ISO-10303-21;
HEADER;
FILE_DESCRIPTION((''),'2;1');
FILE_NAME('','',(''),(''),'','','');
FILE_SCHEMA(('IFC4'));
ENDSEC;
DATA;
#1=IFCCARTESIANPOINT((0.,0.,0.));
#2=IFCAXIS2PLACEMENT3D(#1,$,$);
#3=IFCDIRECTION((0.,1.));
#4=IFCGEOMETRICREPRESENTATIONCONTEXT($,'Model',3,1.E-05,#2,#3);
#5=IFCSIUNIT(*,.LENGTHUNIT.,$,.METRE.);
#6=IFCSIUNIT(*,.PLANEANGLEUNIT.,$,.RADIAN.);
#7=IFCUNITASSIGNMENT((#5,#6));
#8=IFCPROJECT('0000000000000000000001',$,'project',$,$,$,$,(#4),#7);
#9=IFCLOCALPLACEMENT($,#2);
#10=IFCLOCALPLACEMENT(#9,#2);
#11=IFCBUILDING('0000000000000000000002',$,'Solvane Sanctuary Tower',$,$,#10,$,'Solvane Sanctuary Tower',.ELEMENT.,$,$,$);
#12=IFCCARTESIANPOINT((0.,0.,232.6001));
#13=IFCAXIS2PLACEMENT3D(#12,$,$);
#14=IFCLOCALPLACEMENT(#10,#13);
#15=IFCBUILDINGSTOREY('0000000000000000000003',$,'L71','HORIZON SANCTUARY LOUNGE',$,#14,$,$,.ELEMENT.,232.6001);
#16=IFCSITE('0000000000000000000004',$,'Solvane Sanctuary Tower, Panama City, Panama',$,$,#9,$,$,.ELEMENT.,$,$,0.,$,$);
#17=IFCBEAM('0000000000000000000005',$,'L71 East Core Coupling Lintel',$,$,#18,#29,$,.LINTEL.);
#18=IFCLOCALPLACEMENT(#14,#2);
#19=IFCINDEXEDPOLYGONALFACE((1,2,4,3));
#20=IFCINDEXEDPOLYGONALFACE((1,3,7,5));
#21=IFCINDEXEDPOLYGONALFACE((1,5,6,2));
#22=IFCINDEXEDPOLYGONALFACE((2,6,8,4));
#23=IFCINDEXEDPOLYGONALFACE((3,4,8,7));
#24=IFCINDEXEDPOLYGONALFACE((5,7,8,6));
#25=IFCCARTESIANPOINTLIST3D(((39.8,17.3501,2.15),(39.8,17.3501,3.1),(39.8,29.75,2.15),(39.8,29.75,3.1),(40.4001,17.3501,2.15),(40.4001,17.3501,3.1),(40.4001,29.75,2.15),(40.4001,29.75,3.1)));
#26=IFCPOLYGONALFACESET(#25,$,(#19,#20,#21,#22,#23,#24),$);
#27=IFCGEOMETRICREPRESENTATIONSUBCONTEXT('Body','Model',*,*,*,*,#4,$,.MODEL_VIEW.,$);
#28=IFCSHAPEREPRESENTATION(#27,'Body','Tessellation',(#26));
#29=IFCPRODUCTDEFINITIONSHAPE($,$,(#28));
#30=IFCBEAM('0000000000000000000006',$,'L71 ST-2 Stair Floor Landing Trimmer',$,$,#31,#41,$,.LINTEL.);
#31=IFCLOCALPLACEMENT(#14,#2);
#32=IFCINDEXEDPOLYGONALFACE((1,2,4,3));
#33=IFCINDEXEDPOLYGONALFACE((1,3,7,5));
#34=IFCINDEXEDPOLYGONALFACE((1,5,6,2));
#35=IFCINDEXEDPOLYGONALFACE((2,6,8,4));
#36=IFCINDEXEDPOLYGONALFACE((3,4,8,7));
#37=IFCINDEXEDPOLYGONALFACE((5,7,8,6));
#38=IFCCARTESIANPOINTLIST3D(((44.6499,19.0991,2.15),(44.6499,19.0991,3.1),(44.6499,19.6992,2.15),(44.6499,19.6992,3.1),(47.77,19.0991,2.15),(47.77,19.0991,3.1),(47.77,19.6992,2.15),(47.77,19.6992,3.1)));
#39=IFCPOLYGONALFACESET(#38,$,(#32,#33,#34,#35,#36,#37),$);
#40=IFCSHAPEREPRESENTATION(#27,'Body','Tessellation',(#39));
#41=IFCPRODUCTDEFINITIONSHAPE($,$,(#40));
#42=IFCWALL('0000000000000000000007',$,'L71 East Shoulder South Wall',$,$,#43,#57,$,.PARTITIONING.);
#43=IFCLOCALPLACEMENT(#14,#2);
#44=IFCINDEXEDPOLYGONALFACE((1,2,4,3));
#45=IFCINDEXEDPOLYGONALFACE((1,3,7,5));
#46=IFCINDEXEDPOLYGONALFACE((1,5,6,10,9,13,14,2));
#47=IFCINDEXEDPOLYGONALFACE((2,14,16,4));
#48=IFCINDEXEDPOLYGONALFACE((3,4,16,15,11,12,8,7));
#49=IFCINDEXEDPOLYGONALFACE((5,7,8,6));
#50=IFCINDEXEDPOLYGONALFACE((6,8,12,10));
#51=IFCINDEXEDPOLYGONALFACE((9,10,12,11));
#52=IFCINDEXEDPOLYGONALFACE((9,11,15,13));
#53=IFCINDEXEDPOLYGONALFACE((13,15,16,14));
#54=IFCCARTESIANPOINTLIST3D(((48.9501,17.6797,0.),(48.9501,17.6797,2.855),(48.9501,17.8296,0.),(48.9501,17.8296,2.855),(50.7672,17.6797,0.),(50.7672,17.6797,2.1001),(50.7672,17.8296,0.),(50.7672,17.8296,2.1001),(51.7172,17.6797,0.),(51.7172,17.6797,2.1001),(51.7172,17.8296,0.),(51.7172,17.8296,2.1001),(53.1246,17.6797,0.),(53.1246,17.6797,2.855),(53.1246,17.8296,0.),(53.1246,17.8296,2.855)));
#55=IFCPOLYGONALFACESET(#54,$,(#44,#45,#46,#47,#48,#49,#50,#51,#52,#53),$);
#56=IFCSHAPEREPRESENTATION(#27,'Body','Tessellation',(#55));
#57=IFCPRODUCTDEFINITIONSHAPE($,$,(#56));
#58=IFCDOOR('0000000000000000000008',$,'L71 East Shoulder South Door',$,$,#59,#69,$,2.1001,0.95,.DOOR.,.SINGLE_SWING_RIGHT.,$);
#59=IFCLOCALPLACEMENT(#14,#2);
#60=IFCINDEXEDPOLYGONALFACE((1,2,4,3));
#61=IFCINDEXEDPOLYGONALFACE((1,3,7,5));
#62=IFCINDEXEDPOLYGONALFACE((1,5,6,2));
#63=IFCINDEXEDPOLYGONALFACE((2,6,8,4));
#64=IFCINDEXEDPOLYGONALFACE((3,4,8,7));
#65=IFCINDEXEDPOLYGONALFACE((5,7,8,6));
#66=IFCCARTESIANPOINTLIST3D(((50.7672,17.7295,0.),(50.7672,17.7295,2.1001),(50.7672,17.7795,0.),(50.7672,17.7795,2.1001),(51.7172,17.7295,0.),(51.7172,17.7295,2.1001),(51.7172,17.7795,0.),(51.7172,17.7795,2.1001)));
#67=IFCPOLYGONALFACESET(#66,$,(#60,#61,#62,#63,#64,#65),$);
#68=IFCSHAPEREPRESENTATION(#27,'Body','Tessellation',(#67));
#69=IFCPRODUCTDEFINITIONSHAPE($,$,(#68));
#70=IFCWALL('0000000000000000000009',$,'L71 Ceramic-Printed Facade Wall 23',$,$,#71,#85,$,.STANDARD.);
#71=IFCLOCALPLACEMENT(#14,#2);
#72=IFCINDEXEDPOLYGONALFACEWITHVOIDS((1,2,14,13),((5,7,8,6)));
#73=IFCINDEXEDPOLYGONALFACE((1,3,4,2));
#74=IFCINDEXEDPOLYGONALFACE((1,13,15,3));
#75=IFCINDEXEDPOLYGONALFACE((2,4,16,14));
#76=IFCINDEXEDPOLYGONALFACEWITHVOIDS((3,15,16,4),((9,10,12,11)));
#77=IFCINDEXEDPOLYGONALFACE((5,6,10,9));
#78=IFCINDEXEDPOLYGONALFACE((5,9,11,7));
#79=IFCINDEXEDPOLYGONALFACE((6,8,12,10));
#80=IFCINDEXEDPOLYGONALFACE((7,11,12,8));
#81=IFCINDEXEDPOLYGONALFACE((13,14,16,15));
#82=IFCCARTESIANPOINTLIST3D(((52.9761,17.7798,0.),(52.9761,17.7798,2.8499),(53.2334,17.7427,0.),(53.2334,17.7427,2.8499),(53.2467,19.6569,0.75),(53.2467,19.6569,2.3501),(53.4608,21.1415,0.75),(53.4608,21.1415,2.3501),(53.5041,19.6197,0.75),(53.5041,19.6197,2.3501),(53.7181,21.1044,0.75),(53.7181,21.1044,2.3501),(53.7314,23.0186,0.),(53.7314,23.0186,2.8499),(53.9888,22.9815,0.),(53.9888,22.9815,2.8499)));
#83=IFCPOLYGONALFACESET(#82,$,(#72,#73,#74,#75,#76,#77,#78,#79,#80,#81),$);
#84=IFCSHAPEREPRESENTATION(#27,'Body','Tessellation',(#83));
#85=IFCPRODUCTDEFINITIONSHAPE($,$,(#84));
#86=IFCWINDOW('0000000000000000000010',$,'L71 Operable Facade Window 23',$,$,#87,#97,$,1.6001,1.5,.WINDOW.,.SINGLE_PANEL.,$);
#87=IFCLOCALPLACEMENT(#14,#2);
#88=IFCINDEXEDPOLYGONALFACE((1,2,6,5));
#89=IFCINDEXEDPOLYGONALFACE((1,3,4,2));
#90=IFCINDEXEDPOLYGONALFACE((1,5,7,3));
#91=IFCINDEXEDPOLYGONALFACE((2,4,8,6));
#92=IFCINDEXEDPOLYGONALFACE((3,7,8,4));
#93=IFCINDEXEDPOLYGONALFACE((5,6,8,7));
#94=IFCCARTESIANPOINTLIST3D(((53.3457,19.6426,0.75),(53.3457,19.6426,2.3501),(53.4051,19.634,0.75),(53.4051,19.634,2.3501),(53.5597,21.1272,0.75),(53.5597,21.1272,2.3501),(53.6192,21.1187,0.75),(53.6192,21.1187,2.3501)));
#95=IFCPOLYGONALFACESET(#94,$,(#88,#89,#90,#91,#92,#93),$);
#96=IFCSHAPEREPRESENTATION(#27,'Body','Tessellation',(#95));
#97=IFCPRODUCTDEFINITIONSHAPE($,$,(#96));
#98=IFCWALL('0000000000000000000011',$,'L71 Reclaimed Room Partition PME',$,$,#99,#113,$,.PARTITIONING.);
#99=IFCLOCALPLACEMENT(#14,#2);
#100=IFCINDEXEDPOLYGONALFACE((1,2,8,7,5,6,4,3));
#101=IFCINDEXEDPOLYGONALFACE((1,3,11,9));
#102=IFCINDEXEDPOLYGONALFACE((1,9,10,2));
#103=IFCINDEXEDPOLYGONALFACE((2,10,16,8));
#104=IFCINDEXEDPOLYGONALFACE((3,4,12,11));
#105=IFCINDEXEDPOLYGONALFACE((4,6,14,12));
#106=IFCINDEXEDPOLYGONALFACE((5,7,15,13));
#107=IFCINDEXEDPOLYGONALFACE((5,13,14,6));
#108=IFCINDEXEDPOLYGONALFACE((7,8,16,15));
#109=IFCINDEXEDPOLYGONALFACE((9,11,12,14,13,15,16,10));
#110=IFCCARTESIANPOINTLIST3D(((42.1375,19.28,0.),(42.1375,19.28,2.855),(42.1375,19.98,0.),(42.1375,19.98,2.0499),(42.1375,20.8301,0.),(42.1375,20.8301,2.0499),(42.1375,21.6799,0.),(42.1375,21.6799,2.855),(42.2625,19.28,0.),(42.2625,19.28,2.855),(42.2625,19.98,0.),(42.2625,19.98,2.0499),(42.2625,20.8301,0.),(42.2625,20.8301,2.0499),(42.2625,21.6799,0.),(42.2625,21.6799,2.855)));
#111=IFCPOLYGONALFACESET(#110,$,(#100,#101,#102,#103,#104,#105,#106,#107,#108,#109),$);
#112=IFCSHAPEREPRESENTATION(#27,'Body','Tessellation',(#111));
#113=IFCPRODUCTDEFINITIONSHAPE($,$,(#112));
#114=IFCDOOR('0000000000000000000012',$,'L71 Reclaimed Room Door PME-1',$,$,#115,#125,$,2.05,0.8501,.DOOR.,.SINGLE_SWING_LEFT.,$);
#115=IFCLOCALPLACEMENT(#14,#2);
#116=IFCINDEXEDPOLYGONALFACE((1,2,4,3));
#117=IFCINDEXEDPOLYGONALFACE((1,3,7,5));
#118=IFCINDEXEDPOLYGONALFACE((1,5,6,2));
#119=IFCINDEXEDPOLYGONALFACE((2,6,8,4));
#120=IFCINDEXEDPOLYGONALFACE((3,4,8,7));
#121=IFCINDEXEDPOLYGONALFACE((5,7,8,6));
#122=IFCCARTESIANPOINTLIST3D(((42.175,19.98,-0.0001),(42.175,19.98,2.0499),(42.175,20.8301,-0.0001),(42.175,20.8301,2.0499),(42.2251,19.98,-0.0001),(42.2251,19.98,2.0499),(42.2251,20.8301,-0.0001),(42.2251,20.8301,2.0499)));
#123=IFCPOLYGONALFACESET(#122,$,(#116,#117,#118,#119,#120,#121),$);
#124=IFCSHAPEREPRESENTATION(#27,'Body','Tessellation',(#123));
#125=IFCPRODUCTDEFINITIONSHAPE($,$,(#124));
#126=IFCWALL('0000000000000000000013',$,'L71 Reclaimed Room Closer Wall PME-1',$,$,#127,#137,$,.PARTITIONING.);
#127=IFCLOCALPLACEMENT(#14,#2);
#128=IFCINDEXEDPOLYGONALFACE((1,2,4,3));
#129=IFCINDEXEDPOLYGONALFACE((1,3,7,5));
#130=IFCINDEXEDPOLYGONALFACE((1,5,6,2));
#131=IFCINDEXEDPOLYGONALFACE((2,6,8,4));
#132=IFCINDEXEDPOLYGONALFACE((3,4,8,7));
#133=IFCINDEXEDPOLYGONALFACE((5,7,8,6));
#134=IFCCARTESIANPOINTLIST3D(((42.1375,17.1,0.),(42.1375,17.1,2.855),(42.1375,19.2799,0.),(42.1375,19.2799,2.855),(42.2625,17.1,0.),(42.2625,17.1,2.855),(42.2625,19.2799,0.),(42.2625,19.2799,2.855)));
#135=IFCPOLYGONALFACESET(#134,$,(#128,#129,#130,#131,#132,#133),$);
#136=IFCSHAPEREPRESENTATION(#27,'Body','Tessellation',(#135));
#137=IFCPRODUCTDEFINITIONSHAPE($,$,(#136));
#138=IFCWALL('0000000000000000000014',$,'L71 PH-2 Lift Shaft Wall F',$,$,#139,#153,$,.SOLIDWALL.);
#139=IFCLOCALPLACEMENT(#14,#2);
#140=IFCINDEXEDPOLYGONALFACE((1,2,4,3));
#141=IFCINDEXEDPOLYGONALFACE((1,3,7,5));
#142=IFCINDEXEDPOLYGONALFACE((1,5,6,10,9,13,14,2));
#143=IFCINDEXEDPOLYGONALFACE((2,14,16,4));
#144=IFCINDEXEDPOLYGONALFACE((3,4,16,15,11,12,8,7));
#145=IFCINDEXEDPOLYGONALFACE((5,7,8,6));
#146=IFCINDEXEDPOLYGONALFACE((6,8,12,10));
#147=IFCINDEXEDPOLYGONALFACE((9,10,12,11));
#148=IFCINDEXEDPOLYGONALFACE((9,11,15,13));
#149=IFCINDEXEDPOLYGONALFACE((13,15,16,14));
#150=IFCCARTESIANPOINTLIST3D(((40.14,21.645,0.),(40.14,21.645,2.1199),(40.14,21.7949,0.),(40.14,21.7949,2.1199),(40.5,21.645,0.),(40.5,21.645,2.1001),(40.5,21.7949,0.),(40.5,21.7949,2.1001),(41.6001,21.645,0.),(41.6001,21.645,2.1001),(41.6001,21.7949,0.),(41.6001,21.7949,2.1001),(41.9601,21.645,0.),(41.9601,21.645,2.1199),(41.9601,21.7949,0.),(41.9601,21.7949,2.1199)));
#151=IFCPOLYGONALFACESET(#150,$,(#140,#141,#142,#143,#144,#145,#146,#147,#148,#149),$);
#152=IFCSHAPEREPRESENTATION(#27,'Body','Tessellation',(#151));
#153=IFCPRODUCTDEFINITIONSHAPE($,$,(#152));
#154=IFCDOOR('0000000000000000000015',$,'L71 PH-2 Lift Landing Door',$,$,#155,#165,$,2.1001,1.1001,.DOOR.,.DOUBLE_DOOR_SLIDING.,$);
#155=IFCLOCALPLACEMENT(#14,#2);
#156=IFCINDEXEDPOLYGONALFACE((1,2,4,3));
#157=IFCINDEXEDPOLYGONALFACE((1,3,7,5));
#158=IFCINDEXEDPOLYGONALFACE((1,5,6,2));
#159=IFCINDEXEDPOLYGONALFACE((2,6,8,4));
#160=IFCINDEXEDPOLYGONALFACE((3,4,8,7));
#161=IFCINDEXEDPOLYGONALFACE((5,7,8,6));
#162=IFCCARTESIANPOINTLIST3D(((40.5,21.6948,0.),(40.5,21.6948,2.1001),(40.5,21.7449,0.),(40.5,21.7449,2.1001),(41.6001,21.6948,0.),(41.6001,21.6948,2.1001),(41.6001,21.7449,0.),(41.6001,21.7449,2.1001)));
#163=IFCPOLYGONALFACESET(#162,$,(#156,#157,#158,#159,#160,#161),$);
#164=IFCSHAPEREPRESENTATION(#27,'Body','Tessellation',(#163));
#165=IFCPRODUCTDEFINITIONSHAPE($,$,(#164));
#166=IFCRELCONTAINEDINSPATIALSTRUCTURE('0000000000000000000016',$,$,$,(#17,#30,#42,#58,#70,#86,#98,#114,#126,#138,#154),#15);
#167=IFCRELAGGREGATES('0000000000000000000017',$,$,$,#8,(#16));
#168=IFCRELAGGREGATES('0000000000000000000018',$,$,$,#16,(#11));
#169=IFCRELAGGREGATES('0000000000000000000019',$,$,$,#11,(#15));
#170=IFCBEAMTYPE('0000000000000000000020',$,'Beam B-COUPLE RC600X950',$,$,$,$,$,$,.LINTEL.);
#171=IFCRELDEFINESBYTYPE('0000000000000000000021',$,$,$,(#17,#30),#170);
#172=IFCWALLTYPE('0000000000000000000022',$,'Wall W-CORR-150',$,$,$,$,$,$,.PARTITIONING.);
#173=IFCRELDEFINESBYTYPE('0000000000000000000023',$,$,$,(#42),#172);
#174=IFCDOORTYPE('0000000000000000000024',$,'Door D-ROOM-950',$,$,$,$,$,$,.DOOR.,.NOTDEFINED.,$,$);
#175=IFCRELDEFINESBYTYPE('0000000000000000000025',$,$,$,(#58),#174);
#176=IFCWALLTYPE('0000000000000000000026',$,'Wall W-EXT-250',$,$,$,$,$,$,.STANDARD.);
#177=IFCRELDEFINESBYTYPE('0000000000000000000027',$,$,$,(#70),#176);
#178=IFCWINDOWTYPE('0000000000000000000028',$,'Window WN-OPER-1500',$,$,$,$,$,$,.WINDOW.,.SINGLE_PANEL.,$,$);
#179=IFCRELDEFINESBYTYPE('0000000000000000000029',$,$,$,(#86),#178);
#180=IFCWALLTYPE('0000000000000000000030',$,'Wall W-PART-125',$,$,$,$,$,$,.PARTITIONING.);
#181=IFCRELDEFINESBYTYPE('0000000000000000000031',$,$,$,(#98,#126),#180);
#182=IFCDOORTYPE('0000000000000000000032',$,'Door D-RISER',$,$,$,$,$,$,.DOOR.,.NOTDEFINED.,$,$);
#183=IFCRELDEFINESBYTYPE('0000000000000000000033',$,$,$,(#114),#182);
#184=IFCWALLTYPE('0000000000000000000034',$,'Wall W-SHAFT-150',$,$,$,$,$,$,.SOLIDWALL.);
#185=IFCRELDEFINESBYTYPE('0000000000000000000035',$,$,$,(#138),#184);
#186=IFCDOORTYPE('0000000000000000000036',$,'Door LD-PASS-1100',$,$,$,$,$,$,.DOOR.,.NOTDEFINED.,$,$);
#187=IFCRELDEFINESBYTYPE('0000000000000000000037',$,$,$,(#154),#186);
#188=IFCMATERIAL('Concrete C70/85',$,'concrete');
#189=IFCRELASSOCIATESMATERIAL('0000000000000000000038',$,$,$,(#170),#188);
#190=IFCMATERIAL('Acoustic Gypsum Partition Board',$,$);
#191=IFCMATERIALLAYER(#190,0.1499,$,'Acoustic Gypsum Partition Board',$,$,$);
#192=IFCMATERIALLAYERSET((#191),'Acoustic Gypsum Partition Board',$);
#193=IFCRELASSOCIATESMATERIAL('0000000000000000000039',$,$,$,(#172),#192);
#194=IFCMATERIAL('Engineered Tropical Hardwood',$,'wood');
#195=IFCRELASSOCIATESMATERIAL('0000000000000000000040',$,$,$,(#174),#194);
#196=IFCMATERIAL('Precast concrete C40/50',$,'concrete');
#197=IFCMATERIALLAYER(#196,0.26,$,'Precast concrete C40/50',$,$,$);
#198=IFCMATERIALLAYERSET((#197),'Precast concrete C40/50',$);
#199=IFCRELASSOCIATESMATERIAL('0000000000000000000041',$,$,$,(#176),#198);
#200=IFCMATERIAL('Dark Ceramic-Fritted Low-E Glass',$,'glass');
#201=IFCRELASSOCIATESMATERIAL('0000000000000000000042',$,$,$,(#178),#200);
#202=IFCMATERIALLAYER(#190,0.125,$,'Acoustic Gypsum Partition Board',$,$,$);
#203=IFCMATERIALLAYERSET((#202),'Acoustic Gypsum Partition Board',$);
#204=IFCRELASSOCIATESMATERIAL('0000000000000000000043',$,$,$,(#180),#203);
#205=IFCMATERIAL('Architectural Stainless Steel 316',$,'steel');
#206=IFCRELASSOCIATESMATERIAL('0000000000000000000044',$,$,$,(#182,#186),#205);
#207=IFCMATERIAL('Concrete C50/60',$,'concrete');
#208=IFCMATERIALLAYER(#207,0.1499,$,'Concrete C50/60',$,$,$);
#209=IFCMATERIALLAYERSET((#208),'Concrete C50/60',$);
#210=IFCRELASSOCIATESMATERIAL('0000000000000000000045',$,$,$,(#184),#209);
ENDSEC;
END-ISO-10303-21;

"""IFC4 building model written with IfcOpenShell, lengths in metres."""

from ifc_helpers import new_model, si_unit, direction, frame, frame_2d, origin, origin_2d, place, context, subcontext, project, spatial, rectangle, extrude, material, layer, layer_set, material_profile, profile_set, type_object, element, fill, save


model = new_model("IFC4")

# Units and contexts
model_context = context("Model", 3, precision=1e-05, world=origin(), true_north=direction((0.0, 1.0)))
body_context = subcontext(model_context, "Body", "Model", "MODEL_VIEW")
ifc_project = project(units=[si_unit("LENGTHUNIT", "METRE"), si_unit("PLANEANGLEUNIT", "RADIAN")], contexts=[model_context])

# Site, building, storey
site_placement = place(None, origin())
site = spatial("IfcSite", under=ifc_project, at=site_placement, Name="Solvane Sanctuary Tower, Panama City, Panama", CompositionType="ELEMENT", RefElevation=0.0)
building_placement = place(site_placement, origin())
building = spatial("IfcBuilding", under=site, at=building_placement, Name="Solvane Sanctuary Tower", LongName="Solvane Sanctuary Tower", CompositionType="ELEMENT")
storey_placement = place(building_placement, frame((0.0, 0.0, 232.6001)))
storey = spatial("IfcBuildingStorey", under=building, at=storey_placement, Name="L71", Description="HORIZON SANCTUARY LOUNGE", CompositionType="ELEMENT", Elevation=232.6001)

# Beams
ifc_material_1 = material(Name="Concrete C70/85", Category="concrete")
ifc_material_profile = material_profile(ifc_material_1, rectangle(XDim=0.6001, YDim=0.95, at=origin_2d()), Name="RC600X950")
ifc_profile_set = profile_set([ifc_material_profile], Name="Concrete C70/85")
beam_type = type_object("IfcBeamType", Name="Beam B-COUPLE RC600X950", PredefinedType="LINTEL", material=ifc_profile_set)
beam_1_placement = place(storey_placement, frame((40.1001, 17.3501, 2.625), z_axis=(0.0, 1.0, 0.0), x_axis=(-1.0, 0.0, 0.0)))
element("IfcBeam", 1, at=beam_1_placement, inside=storey, type_object=beam_type, Name="L71 East Core Coupling Lintel", PredefinedType="LINTEL", context=body_context, shape_type="SweptSolid", body=[
    extrude(rectangle(XDim=0.6001, YDim=0.95, at=origin_2d()), origin(), (0.0, 0.0, 1.0), 12.3999),
])
beam_2_placement = place(storey_placement, frame((44.6499, 19.3992, 2.625), z_axis=(1.0, 0.0, 0.0), x_axis=(0.0, 1.0, 0.0)))
element("IfcBeam", 2, at=beam_2_placement, inside=storey, type_object=beam_type, Name="L71 ST-2 Stair Floor Landing Trimmer", PredefinedType="LINTEL", context=body_context, shape_type="SweptSolid", body=[
    extrude(rectangle(XDim=0.6001, YDim=0.95, at=origin_2d()), origin(), (0.0, 0.0, 1.0), 3.1201),
])

# Wall, opening, door
ifc_material_2 = material(Name="Acoustic Gypsum Partition Board")
ifc_layer_1 = layer(ifc_material_2, 0.1499, Name="Acoustic Gypsum Partition Board")
ifc_layer_set_1 = layer_set([ifc_layer_1], Name="Acoustic Gypsum Partition Board")
wall_type_1 = type_object("IfcWallType", Name="Wall W-CORR-150", PredefinedType="PARTITIONING", material=ifc_layer_set_1)
wall_1_placement = place(storey_placement, frame((48.95, 17.7546, 0.0), z_axis=(0.0, 0.0, 1.0), x_axis=(1.0, 0.0, 0.0)))
wall_1 = element("IfcWall", 3, at=wall_1_placement, inside=storey, type_object=wall_type_1, Name="L71 East Shoulder South Wall", PredefinedType="PARTITIONING", context=body_context, shape_type="SweptSolid", body=[
    extrude(rectangle(XDim=4.1746, YDim=0.1499, at=frame_2d((2.0874, 0.0))), origin(), (0.0, 0.0, 1.0), 2.855),
])
opening_1_placement = place(wall_1_placement, frame((1.8171, 0.0, 0.0)))
opening_1 = element("IfcOpeningElement", 4, at=opening_1_placement, cuts=wall_1, PredefinedType="OPENING", context=body_context, shape_type="SweptSolid", body=[
    extrude(rectangle(XDim=0.95, YDim=2.1001, at=frame_2d((0.4751, 1.05))), frame((0.0, 0.085, 0.0), z_axis=(0.0, -1.0, 0.0), x_axis=(1.0, 0.0, 0.0)), (0.0, 0.0, 1.0), 0.1699),
])
ifc_material_3 = material(Name="Engineered Tropical Hardwood", Category="wood")
door_type_1 = type_object("IfcDoorType", Name="Door D-ROOM-950", OperationType="NOTDEFINED", PredefinedType="DOOR", material=ifc_material_3)
door_1_placement = place(opening_1_placement, origin())
door_1 = element("IfcDoor", 5, at=door_1_placement, inside=storey, type_object=door_type_1, Name="L71 East Shoulder South Door", OperationType="SINGLE_SWING_RIGHT", OverallHeight=2.1001, OverallWidth=0.95, PredefinedType="DOOR", context=body_context, shape_type="SweptSolid", body=[
    extrude(rectangle(XDim=0.95, YDim=2.1001, at=frame_2d((0.4751, 1.05))), frame((0.0, 0.0249, 0.0), z_axis=(0.0, -1.0, 0.0), x_axis=(1.0, 0.0, 0.0)), (0.0, 0.0, 1.0), 0.05),
])
fill(opening_1, door_1)

# Wall, opening, window
ifc_material_4 = material(Name="Precast concrete C40/50", Category="concrete")
ifc_layer_2 = layer(ifc_material_4, 0.26, Name="Precast concrete C40/50")
ifc_layer_set_2 = layer_set([ifc_layer_2], Name="Precast concrete C40/50")
wall_type_2 = type_object("IfcWallType", Name="Wall W-EXT-250", PredefinedType="STANDARD", material=ifc_layer_set_2)
wall_2_placement = place(storey_placement, frame((53.1047, 17.7612, 0.0), z_axis=(0.0, 0.0, 1.0), x_axis=(0.142713, 0.989764, 0.0)))
wall_2 = element("IfcWall", 6, at=wall_2_placement, inside=storey, type_object=wall_type_2, Name="L71 Ceramic-Printed Facade Wall 23", PredefinedType="STANDARD", context=body_context, shape_type="SweptSolid", body=[
    extrude(rectangle(XDim=5.293, YDim=0.26, at=frame_2d((2.6465, 0.0))), origin(), (0.0, 0.0, 1.0), 2.8499),
])
opening_2_placement = place(wall_2_placement, frame((1.8965, 0.0, 0.75)))
opening_2 = element("IfcOpeningElement", 7, at=opening_2_placement, cuts=wall_2, PredefinedType="OPENING", context=body_context, shape_type="SweptSolid", body=[
    extrude(rectangle(XDim=1.5, YDim=1.6001, at=frame_2d((0.75, 0.8))), frame((0.0, 0.1399, 0.0), z_axis=(0.0, -1.0, 0.0), x_axis=(1.0, 0.0, 0.0)), (0.0, 0.0, 1.0), 0.28),
])
ifc_material_5 = material(Name="Dark Ceramic-Fritted Low-E Glass", Category="glass")
window_type = type_object("IfcWindowType", Name="Window WN-OPER-1500", PartitioningType="SINGLE_PANEL", PredefinedType="WINDOW", material=ifc_material_5)
window_placement = place(opening_2_placement, origin())
window = element("IfcWindow", 8, at=window_placement, inside=storey, type_object=window_type, Name="L71 Operable Facade Window 23", OverallHeight=1.6001, OverallWidth=1.5, PartitioningType="SINGLE_PANEL", PredefinedType="WINDOW", context=body_context, shape_type="SweptSolid", body=[
    extrude(rectangle(XDim=1.5, YDim=1.6001, at=frame_2d((0.75, 0.8))), frame((0.0, 0.03, 0.0), z_axis=(0.0, -1.0, 0.0), x_axis=(1.0, 0.0, 0.0)), (0.0, 0.0, 1.0), 0.0601),
])
fill(opening_2, window)

# Wall, opening, door
ifc_layer_3 = layer(ifc_material_2, 0.125, Name="Acoustic Gypsum Partition Board")
ifc_layer_set_3 = layer_set([ifc_layer_3], Name="Acoustic Gypsum Partition Board")
wall_type_3 = type_object("IfcWallType", Name="Wall W-PART-125", PredefinedType="PARTITIONING", material=ifc_layer_set_3)
wall_3_placement = place(storey_placement, frame((42.2, 19.28, 0.0), z_axis=(0.0, 0.0, 1.0), x_axis=(0.0, 1.0, 0.0)))
wall_3 = element("IfcWall", 9, at=wall_3_placement, inside=storey, type_object=wall_type_3, Name="L71 Reclaimed Room Partition PME", PredefinedType="PARTITIONING", context=body_context, shape_type="SweptSolid", body=[
    extrude(rectangle(XDim=2.3999, YDim=0.125, at=frame_2d((1.2, 0.0))), origin(), (0.0, 0.0, 1.0), 2.855),
])
opening_3_placement = place(wall_3_placement, frame((0.7, 0.0, 0.0)))
opening_3 = element("IfcOpeningElement", 10, at=opening_3_placement, cuts=wall_3, PredefinedType="OPENING", context=body_context, shape_type="SweptSolid", body=[
    extrude(rectangle(XDim=0.8501, YDim=2.05, at=frame_2d((0.425, 1.0249))), frame((0.0, 0.0725, 0.0), z_axis=(0.0, -1.0, 0.0), x_axis=(1.0, 0.0, 0.0)), (0.0, 0.0, 1.0), 0.145),
])
ifc_material_6 = material(Name="Architectural Stainless Steel 316", Category="steel")
door_type_2 = type_object("IfcDoorType", Name="Door D-RISER", OperationType="NOTDEFINED", PredefinedType="DOOR", material=ifc_material_6)
door_2_placement = place(opening_3_placement, origin())
door_2 = element("IfcDoor", 11, at=door_2_placement, inside=storey, type_object=door_type_2, Name="L71 Reclaimed Room Door PME-1", OperationType="SINGLE_SWING_LEFT", OverallHeight=2.05, OverallWidth=0.8501, PredefinedType="DOOR", context=body_context, shape_type="SweptSolid", body=[
    extrude(rectangle(XDim=0.8501, YDim=2.05, at=frame_2d((0.425, 1.0249))), frame((0.0, 0.0249, 0.0), z_axis=(0.0, -1.0, 0.0), x_axis=(1.0, 0.0, 0.0)), (0.0, 0.0, 1.0), 0.05),
])
fill(opening_3, door_2)

# Wall
wall_4_placement = place(storey_placement, frame((42.2, 17.1001, 0.0), z_axis=(0.0, 0.0, 1.0), x_axis=(0.0, 1.0, 0.0)))
element("IfcWall", 12, at=wall_4_placement, inside=storey, type_object=wall_type_3, Name="L71 Reclaimed Room Closer Wall PME-1", PredefinedType="PARTITIONING", context=body_context, shape_type="SweptSolid", body=[
    extrude(rectangle(XDim=2.1799, YDim=0.125, at=frame_2d((1.0898, 0.0))), origin(), (0.0, 0.0, 1.0), 2.855),
])

# Wall, opening, door
ifc_material_7 = material(Name="Concrete C50/60", Category="concrete")
ifc_layer_4 = layer(ifc_material_7, 0.1499, Name="Concrete C50/60")
ifc_layer_set_4 = layer_set([ifc_layer_4], Name="Concrete C50/60")
wall_type_4 = type_object("IfcWallType", Name="Wall W-SHAFT-150", PredefinedType="SOLIDWALL", material=ifc_layer_set_4)
wall_5_placement = place(storey_placement, frame((40.1399, 21.72, 0.0), z_axis=(0.0, 0.0, 1.0), x_axis=(1.0, 0.0, 0.0)))
wall_5 = element("IfcWall", 13, at=wall_5_placement, inside=storey, type_object=wall_type_4, Name="L71 PH-2 Lift Shaft Wall F", PredefinedType="SOLIDWALL", context=body_context, shape_type="SweptSolid", body=[
    extrude(rectangle(XDim=1.8201, YDim=0.1499, at=frame_2d((0.9102, 0.0))), origin(), (0.0, 0.0, 1.0), 2.1199),
])
opening_4_placement = place(wall_5_placement, frame((0.3601, 0.0, 0.0)))
opening_4 = element("IfcOpeningElement", 14, at=opening_4_placement, cuts=wall_5, PredefinedType="OPENING", context=body_context, shape_type="SweptSolid", body=[
    extrude(rectangle(XDim=1.1001, YDim=2.1001, at=frame_2d((0.55, 1.05))), frame((0.0, 0.085, 0.0), z_axis=(0.0, -1.0, 0.0), x_axis=(1.0, 0.0, 0.0)), (0.0, 0.0, 1.0), 0.1699),
])
door_type_3 = type_object("IfcDoorType", Name="Door LD-PASS-1100", OperationType="NOTDEFINED", PredefinedType="DOOR", material=ifc_material_6)
door_3_placement = place(opening_4_placement, origin())
door_3 = element("IfcDoor", 15, at=door_3_placement, inside=storey, type_object=door_type_3, Name="L71 PH-2 Lift Landing Door", OperationType="DOUBLE_DOOR_SLIDING", OverallHeight=2.1001, OverallWidth=1.1001, PredefinedType="DOOR", context=body_context, shape_type="SweptSolid", body=[
    extrude(rectangle(XDim=1.1001, YDim=2.1001, at=frame_2d((0.55, 1.05))), frame((0.0, 0.0249, 0.0), z_axis=(0.0, -1.0, 0.0), x_axis=(1.0, 0.0, 0.0)), (0.0, 0.0, 1.0), 0.05),
])
fill(opening_4, door_3)

save(model, "model.ifc")
